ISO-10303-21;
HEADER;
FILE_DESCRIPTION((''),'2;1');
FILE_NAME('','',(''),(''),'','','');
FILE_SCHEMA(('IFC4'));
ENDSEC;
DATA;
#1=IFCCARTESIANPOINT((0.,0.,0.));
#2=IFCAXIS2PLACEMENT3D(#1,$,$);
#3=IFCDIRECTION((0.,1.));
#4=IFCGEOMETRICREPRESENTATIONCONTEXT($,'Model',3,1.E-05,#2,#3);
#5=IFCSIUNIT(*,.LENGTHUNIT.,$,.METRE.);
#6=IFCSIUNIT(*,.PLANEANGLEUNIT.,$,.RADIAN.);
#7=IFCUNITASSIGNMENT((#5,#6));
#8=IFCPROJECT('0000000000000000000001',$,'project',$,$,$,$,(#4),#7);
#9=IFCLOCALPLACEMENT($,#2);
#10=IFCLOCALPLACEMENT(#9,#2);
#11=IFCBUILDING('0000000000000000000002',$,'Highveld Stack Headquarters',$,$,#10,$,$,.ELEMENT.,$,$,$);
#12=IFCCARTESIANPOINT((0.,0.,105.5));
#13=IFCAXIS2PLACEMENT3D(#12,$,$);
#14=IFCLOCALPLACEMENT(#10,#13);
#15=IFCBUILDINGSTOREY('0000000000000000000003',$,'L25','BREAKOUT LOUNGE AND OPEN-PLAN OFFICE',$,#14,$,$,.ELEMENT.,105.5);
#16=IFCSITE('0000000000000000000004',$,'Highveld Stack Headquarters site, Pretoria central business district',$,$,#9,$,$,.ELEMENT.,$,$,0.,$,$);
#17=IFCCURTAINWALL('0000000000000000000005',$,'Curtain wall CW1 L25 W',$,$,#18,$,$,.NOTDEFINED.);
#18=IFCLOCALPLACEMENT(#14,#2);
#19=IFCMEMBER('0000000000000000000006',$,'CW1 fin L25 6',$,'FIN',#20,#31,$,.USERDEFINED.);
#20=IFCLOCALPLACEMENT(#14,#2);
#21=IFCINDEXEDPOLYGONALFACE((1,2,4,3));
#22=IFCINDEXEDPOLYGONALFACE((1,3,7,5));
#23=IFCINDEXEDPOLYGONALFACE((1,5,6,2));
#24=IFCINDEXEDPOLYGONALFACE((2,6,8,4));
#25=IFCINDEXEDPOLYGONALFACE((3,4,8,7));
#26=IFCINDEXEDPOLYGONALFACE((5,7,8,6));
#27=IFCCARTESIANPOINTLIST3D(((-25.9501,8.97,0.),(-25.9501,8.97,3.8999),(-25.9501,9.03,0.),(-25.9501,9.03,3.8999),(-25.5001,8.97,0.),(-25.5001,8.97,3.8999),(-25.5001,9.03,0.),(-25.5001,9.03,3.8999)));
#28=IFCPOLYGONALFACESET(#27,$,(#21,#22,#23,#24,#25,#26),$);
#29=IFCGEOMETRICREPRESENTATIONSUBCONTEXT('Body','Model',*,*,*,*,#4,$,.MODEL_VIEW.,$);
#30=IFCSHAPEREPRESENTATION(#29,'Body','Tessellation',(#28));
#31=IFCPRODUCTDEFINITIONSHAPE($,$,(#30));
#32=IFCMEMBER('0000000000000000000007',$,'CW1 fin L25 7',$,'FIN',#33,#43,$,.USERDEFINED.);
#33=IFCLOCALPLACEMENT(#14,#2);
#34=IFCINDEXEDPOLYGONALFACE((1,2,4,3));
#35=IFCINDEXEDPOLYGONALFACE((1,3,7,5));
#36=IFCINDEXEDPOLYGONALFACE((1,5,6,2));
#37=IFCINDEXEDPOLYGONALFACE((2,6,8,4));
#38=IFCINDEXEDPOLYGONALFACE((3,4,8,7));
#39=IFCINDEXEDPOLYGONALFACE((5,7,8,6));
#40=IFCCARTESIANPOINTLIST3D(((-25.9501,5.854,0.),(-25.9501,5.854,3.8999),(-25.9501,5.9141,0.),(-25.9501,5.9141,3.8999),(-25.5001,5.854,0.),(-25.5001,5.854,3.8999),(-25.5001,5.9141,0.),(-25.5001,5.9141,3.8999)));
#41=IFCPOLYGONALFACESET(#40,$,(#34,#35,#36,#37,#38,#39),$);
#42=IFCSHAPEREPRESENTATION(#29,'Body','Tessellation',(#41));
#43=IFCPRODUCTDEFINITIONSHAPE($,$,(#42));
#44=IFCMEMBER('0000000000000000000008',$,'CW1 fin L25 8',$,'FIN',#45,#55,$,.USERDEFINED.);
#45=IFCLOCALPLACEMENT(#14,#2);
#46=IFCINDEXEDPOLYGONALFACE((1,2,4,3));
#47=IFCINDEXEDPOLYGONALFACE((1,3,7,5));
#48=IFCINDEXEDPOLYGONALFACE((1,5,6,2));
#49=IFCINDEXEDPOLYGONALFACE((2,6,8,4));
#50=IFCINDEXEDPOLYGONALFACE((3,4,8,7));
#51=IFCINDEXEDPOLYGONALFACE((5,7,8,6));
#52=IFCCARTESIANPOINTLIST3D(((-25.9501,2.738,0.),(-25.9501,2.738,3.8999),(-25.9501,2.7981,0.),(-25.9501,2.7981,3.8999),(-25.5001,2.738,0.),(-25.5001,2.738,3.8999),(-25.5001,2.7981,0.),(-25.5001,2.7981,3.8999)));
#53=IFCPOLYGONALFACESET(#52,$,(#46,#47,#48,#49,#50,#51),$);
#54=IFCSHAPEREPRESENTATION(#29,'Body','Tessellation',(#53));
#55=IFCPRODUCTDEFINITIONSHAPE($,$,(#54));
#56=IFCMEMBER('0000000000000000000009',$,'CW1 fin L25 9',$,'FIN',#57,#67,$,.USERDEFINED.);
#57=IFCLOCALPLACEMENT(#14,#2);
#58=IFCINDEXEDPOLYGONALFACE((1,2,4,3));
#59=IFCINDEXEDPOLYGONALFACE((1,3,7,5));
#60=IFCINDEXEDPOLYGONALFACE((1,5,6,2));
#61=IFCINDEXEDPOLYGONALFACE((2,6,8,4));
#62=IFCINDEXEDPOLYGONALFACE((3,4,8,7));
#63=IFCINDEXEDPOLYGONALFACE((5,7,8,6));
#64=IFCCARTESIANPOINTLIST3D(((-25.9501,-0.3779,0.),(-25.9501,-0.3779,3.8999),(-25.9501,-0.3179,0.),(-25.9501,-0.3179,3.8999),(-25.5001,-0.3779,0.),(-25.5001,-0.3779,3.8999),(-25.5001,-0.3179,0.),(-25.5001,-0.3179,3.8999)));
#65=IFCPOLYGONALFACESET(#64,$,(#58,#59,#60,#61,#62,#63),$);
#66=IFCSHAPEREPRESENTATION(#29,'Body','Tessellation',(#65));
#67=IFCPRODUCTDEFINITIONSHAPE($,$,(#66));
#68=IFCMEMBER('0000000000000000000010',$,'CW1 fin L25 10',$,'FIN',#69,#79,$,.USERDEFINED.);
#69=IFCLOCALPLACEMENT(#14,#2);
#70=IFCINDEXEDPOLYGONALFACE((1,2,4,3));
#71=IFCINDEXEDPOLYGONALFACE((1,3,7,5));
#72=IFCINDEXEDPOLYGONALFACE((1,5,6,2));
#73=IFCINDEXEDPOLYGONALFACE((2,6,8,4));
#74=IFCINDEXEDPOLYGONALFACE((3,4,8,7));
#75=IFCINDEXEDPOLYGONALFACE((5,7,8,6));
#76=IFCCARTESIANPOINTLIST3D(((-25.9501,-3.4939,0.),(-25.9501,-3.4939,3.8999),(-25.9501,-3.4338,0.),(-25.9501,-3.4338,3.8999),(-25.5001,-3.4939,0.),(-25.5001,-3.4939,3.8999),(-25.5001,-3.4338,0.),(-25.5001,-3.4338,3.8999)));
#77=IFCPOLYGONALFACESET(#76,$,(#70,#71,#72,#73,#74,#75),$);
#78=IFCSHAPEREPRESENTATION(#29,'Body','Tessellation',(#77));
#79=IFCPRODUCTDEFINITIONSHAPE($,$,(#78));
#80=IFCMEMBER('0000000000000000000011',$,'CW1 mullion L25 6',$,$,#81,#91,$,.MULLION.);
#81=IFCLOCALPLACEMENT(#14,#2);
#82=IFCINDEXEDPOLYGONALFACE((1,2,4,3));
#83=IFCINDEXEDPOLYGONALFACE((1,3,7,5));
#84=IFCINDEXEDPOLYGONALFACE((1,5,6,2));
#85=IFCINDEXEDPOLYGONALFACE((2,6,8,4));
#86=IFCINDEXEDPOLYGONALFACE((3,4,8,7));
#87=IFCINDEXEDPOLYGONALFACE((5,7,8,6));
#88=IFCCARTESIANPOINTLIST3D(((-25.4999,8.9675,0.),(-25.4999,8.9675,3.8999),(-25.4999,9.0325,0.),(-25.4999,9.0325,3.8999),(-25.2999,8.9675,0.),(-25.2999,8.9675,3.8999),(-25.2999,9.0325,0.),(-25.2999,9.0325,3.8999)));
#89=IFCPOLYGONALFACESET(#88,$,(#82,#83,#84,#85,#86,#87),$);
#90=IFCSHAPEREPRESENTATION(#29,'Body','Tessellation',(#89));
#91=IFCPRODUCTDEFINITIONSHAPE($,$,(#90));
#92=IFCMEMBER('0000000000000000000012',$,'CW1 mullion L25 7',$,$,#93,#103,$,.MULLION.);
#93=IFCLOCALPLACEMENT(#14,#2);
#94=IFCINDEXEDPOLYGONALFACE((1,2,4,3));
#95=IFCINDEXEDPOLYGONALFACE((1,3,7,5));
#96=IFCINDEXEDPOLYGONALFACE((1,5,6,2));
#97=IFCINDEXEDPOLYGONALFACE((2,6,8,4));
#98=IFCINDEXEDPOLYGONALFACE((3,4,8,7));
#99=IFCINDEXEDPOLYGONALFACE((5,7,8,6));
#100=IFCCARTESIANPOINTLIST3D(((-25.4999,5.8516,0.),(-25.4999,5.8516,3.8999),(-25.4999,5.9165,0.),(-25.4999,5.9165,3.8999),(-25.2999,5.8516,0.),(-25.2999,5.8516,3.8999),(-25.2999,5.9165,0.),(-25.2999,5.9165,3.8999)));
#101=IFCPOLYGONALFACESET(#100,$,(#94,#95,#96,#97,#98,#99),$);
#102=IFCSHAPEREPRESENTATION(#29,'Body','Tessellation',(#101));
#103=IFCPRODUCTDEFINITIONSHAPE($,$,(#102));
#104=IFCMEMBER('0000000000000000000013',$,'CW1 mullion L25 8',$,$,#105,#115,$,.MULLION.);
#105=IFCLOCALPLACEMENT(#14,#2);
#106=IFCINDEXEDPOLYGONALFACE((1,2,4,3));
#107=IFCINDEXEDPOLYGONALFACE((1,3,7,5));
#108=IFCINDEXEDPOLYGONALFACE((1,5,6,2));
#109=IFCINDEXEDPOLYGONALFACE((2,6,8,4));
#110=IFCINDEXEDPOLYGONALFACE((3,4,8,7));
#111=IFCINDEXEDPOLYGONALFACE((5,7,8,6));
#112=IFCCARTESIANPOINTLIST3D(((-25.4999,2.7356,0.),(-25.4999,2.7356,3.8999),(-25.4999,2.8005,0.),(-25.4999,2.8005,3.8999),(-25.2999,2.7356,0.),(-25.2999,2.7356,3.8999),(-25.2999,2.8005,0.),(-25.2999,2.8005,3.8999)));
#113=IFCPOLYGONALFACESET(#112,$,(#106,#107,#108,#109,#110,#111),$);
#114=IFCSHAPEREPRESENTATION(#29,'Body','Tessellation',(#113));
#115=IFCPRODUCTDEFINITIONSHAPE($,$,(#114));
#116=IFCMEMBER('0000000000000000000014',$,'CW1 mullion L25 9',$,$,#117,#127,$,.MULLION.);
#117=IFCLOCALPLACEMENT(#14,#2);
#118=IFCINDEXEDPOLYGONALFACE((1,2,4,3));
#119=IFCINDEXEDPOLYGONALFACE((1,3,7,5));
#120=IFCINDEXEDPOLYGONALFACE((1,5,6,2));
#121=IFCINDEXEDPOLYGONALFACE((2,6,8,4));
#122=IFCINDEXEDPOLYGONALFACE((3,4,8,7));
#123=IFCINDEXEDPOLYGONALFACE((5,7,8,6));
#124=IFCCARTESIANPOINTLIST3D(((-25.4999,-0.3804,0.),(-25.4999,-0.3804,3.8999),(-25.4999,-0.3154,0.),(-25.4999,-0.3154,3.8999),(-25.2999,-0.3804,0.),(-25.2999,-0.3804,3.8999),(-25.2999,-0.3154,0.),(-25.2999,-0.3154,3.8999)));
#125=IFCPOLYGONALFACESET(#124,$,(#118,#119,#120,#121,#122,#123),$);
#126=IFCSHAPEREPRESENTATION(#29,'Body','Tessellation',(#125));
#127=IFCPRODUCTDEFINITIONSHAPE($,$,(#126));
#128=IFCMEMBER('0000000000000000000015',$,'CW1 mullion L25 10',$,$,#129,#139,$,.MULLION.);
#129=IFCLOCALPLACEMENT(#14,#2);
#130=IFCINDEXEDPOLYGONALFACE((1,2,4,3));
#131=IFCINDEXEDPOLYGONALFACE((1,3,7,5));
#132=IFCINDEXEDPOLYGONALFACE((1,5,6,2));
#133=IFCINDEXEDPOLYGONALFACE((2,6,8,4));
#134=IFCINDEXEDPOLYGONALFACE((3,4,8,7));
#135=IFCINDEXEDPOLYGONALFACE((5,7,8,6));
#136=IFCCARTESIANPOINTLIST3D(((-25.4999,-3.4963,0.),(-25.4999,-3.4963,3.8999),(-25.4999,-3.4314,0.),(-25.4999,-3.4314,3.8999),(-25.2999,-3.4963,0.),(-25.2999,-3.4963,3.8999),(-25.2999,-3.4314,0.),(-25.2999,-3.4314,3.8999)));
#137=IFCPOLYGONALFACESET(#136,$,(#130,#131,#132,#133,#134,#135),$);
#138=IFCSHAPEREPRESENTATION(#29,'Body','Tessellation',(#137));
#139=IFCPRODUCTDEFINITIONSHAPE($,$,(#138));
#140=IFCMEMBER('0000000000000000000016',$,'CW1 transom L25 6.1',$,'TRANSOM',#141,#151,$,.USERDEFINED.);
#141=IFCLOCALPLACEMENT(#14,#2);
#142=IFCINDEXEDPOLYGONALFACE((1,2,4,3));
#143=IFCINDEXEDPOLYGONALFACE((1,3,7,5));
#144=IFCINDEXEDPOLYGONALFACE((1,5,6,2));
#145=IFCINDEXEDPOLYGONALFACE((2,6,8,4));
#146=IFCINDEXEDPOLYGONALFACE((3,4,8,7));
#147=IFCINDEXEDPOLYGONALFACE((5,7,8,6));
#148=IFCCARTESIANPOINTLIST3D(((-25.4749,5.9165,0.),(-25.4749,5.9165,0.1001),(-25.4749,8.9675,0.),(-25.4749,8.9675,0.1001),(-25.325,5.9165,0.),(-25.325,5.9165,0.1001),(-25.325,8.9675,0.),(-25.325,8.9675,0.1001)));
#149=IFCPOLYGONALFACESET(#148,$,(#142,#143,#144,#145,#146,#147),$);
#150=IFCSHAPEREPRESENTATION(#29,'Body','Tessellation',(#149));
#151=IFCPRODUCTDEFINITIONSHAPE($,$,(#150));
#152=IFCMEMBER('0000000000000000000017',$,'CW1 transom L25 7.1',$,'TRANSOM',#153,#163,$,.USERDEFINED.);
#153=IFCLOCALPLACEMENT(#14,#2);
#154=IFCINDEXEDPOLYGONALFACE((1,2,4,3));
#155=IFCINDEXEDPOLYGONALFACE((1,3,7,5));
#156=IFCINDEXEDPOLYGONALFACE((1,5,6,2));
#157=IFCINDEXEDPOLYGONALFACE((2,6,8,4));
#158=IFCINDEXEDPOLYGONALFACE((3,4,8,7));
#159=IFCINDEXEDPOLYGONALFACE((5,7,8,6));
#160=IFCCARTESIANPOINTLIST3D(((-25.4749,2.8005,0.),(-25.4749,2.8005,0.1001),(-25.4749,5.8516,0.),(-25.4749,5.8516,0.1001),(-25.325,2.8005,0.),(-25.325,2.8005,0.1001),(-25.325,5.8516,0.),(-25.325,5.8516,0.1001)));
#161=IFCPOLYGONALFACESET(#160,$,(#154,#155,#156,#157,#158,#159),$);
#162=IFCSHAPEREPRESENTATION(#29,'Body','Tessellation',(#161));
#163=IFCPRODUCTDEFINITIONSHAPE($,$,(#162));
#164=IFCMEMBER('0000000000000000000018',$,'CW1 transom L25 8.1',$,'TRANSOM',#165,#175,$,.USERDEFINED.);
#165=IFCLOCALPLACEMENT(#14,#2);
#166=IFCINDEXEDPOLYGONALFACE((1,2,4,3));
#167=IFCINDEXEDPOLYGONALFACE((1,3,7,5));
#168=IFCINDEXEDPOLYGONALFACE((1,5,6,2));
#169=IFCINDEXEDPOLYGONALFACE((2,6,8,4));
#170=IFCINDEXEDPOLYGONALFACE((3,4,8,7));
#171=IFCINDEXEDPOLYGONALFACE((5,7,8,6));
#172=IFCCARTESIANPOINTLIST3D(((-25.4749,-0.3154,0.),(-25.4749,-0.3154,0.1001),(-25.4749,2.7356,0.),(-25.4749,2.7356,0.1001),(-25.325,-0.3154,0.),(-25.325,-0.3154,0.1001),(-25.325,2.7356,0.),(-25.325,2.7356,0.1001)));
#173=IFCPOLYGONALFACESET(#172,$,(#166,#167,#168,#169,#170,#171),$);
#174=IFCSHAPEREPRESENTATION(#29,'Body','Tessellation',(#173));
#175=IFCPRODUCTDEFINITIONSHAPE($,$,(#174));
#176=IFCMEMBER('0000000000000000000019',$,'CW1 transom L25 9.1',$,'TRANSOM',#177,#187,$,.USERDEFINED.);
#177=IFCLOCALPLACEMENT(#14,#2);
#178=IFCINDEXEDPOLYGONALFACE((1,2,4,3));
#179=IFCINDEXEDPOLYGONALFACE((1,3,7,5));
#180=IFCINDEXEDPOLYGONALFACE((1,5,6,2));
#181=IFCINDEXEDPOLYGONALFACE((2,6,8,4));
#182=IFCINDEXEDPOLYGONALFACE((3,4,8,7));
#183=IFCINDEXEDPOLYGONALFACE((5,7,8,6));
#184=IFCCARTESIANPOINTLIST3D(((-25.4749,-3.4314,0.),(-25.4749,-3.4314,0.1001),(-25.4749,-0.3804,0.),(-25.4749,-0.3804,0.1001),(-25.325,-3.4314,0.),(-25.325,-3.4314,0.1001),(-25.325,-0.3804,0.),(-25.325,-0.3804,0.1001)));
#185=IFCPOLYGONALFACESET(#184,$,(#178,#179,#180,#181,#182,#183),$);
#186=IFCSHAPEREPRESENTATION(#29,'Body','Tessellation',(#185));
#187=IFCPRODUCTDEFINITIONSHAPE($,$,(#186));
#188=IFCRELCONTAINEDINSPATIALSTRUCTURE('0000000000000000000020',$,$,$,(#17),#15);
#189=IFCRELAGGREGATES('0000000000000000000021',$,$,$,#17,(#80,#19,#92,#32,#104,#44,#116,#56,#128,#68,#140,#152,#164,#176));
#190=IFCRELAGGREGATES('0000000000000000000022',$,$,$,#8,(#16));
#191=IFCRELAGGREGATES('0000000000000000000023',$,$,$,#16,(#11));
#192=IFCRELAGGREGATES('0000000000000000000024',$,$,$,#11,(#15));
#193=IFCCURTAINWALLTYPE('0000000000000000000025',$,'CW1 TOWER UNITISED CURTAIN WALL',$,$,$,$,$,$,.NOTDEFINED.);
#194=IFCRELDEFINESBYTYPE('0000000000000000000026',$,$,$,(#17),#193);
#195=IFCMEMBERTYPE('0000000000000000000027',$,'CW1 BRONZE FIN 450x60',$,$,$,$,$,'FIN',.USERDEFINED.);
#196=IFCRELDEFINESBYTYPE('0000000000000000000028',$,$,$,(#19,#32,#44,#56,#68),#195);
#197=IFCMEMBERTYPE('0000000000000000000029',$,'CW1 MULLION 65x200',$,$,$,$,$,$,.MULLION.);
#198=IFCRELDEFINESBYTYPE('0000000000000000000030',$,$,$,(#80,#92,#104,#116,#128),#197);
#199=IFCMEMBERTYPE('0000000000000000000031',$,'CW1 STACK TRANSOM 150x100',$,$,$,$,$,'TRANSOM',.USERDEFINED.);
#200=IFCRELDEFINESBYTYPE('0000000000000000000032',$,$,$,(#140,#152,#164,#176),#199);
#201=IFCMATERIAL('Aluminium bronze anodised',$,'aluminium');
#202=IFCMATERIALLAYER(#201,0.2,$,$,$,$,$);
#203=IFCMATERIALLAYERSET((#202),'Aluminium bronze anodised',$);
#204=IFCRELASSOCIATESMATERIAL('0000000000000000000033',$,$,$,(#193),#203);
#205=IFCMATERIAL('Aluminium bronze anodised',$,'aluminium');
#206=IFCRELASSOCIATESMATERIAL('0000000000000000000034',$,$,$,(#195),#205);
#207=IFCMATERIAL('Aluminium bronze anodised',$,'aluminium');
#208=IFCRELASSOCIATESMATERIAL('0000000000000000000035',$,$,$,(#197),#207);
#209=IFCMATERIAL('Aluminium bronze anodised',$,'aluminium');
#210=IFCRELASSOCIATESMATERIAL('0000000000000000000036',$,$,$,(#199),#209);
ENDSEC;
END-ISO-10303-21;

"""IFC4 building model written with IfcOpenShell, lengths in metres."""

from ifc_helpers import new_model, si_unit, direction, frame, origin, origin_2d, place, context, subcontext, project, spatial, rectangle, extrude, material, layer, layer_set, material_profile, profile_set, type_object, element, aggregate, save


model = new_model("IFC4")

# Units and contexts
model_context = context("Model", 3, precision=1e-05, world=origin(), true_north=direction((0.0, 1.0)))
body_context = subcontext(model_context, "Body", "Model", "MODEL_VIEW")
ifc_project = project(units=[si_unit("LENGTHUNIT", "METRE"), si_unit("PLANEANGLEUNIT", "RADIAN")], contexts=[model_context])

# Site, building, storey
site_placement = place(None, origin())
site = spatial("IfcSite", under=ifc_project, at=site_placement, Name="Highveld Stack Headquarters site, Pretoria central business district", CompositionType="ELEMENT", RefElevation=0.0)
building_placement = place(site_placement, origin())
building = spatial("IfcBuilding", under=site, at=building_placement, Name="Highveld Stack Headquarters", CompositionType="ELEMENT")
storey_placement = place(building_placement, frame((0.0, 0.0, 105.5)))
storey = spatial("IfcBuildingStorey", under=building, at=storey_placement, Name="L25", Description="BREAKOUT LOUNGE AND OPEN-PLAN OFFICE", CompositionType="ELEMENT", Elevation=105.5)

# Curtain wall, members
ifc_material_1 = material(Name="Aluminium bronze anodised", Category="aluminium")
ifc_layer_1 = layer(ifc_material_1, 0.2)
ifc_layer_set_1 = layer_set([ifc_layer_1], Name="Aluminium bronze anodised")
curtain_wall_type = type_object("IfcCurtainWallType", Name="CW1 TOWER UNITISED CURTAIN WALL", PredefinedType="NOTDEFINED", material=ifc_layer_set_1)
curtain_wall_placement = place(storey_placement, origin())
curtain_wall = element("IfcCurtainWall", 1, at=curtain_wall_placement, inside=storey, type_object=curtain_wall_type, Name="Curtain wall CW1 L25 W", PredefinedType="NOTDEFINED")
ifc_material_2 = material(Name="Aluminium bronze anodised", Category="aluminium")
ifc_material_profile_1 = material_profile(ifc_material_2, rectangle(XDim=0.45, YDim=0.0601, at=origin_2d()), Name="FIN 450x60")
ifc_profile_set_1 = profile_set([ifc_material_profile_1], Name="Aluminium bronze anodised")
member_type_1 = type_object("IfcMemberType", Name="CW1 BRONZE FIN 450x60", ElementType="FIN", PredefinedType="USERDEFINED", material=ifc_profile_set_1)
member_1_placement = place(storey_placement, frame((-25.7251, 9.0, 0.0), z_axis=(0.0, 0.0, 1.0), x_axis=(1.0, 0.0, 0.0)))
member_1 = element("IfcMember", 2, at=member_1_placement, type_object=member_type_1, Name="CW1 fin L25 6", ObjectType="FIN", PredefinedType="USERDEFINED", context=body_context, shape_type="SweptSolid", body=[
    extrude(rectangle(XDim=0.45, YDim=0.0601, at=origin_2d()), origin(), (0.0, 0.0, 1.0), 3.8999),
])
member_2_placement = place(storey_placement, frame((-25.7251, 5.884, 0.0), z_axis=(0.0, 0.0, 1.0), x_axis=(1.0, 0.0, 0.0)))
member_2 = element("IfcMember", 3, at=member_2_placement, type_object=member_type_1, Name="CW1 fin L25 7", ObjectType="FIN", PredefinedType="USERDEFINED", context=body_context, shape_type="SweptSolid", body=[
    extrude(rectangle(XDim=0.45, YDim=0.0601, at=origin_2d()), origin(), (0.0, 0.0, 1.0), 3.8999),
])
member_3_placement = place(storey_placement, frame((-25.7251, 2.7681, 0.0), z_axis=(0.0, 0.0, 1.0), x_axis=(1.0, 0.0, 0.0)))
member_3 = element("IfcMember", 4, at=member_3_placement, type_object=member_type_1, Name="CW1 fin L25 8", ObjectType="FIN", PredefinedType="USERDEFINED", context=body_context, shape_type="SweptSolid", body=[
    extrude(rectangle(XDim=0.45, YDim=0.0601, at=origin_2d()), origin(), (0.0, 0.0, 1.0), 3.8999),
])
member_4_placement = place(storey_placement, frame((-25.7251, -0.3479, 0.0), z_axis=(0.0, 0.0, 1.0), x_axis=(1.0, 0.0, 0.0)))
member_4 = element("IfcMember", 5, at=member_4_placement, type_object=member_type_1, Name="CW1 fin L25 9", ObjectType="FIN", PredefinedType="USERDEFINED", context=body_context, shape_type="SweptSolid", body=[
    extrude(rectangle(XDim=0.45, YDim=0.0601, at=origin_2d()), origin(), (0.0, 0.0, 1.0), 3.8999),
])
member_5_placement = place(storey_placement, frame((-25.7251, -3.4639, 0.0), z_axis=(0.0, 0.0, 1.0), x_axis=(1.0, 0.0, 0.0)))
member_5 = element("IfcMember", 6, at=member_5_placement, type_object=member_type_1, Name="CW1 fin L25 10", ObjectType="FIN", PredefinedType="USERDEFINED", context=body_context, shape_type="SweptSolid", body=[
    extrude(rectangle(XDim=0.45, YDim=0.0601, at=origin_2d()), origin(), (0.0, 0.0, 1.0), 3.8999),
])
ifc_material_3 = material(Name="Aluminium bronze anodised", Category="aluminium")
ifc_material_profile_2 = material_profile(ifc_material_3, rectangle(XDim=0.2, YDim=0.0649, at=origin_2d()), Name="CW1 MULLION 65x200")
ifc_profile_set_2 = profile_set([ifc_material_profile_2], Name="Aluminium bronze anodised")
member_type_2 = type_object("IfcMemberType", Name="CW1 MULLION 65x200", PredefinedType="MULLION", material=ifc_profile_set_2)
member_6_placement = place(storey_placement, frame((-25.3999, 9.0, 0.0), z_axis=(0.0, 0.0, 1.0), x_axis=(1.0, 0.0, 0.0)))
member_6 = element("IfcMember", 7, at=member_6_placement, type_object=member_type_2, Name="CW1 mullion L25 6", PredefinedType="MULLION", context=body_context, shape_type="SweptSolid", body=[
    extrude(rectangle(XDim=0.2, YDim=0.0649, at=origin_2d()), origin(), (0.0, 0.0, 1.0), 3.8999),
])
member_7_placement = place(storey_placement, frame((-25.3999, 5.884, 0.0), z_axis=(0.0, 0.0, 1.0), x_axis=(1.0, 0.0, 0.0)))
member_7 = element("IfcMember", 8, at=member_7_placement, type_object=member_type_2, Name="CW1 mullion L25 7", PredefinedType="MULLION", context=body_context, shape_type="SweptSolid", body=[
    extrude(rectangle(XDim=0.2, YDim=0.0649, at=origin_2d()), origin(), (0.0, 0.0, 1.0), 3.8999),
])
member_8_placement = place(storey_placement, frame((-25.3999, 2.7681, 0.0), z_axis=(0.0, 0.0, 1.0), x_axis=(1.0, 0.0, 0.0)))
member_8 = element("IfcMember", 9, at=member_8_placement, type_object=member_type_2, Name="CW1 mullion L25 8", PredefinedType="MULLION", context=body_context, shape_type="SweptSolid", body=[
    extrude(rectangle(XDim=0.2, YDim=0.0649, at=origin_2d()), origin(), (0.0, 0.0, 1.0), 3.8999),
])
member_9_placement = place(storey_placement, frame((-25.3999, -0.3479, 0.0), z_axis=(0.0, 0.0, 1.0), x_axis=(1.0, 0.0, 0.0)))
member_9 = element("IfcMember", 10, at=member_9_placement, type_object=member_type_2, Name="CW1 mullion L25 9", PredefinedType="MULLION", context=body_context, shape_type="SweptSolid", body=[
    extrude(rectangle(XDim=0.2, YDim=0.0649, at=origin_2d()), origin(), (0.0, 0.0, 1.0), 3.8999),
])
member_10_placement = place(storey_placement, frame((-25.3999, -3.4639, 0.0), z_axis=(0.0, 0.0, 1.0), x_axis=(1.0, 0.0, 0.0)))
member_10 = element("IfcMember", 11, at=member_10_placement, type_object=member_type_2, Name="CW1 mullion L25 10", PredefinedType="MULLION", context=body_context, shape_type="SweptSolid", body=[
    extrude(rectangle(XDim=0.2, YDim=0.0649, at=origin_2d()), origin(), (0.0, 0.0, 1.0), 3.8999),
])
ifc_material_4 = material(Name="Aluminium bronze anodised", Category="aluminium")
ifc_material_profile_3 = material_profile(ifc_material_4, rectangle(XDim=0.1499, YDim=0.1001, at=origin_2d()), Name="CW1 TRANSOM 150x100")
ifc_profile_set_3 = profile_set([ifc_material_profile_3], Name="Aluminium bronze anodised")
member_type_3 = type_object("IfcMemberType", Name="CW1 STACK TRANSOM 150x100", ElementType="TRANSOM", PredefinedType="USERDEFINED", material=ifc_profile_set_3)
member_11_placement = place(storey_placement, frame((-25.3999, 8.9675, 0.05), z_axis=(0.0, -1.0, 0.0), x_axis=(1.0, 0.0, 0.0)))
member_11 = element("IfcMember", 12, at=member_11_placement, type_object=member_type_3, Name="CW1 transom L25 6.1", ObjectType="TRANSOM", PredefinedType="USERDEFINED", context=body_context, shape_type="SweptSolid", body=[
    extrude(rectangle(XDim=0.1499, YDim=0.1001, at=origin_2d()), origin(), (0.0, 0.0, 1.0), 3.051),
])
member_12_placement = place(storey_placement, frame((-25.3999, 5.8516, 0.05), z_axis=(0.0, -1.0, 0.0), x_axis=(1.0, 0.0, 0.0)))
member_12 = element("IfcMember", 13, at=member_12_placement, type_object=member_type_3, Name="CW1 transom L25 7.1", ObjectType="TRANSOM", PredefinedType="USERDEFINED", context=body_context, shape_type="SweptSolid", body=[
    extrude(rectangle(XDim=0.1499, YDim=0.1001, at=origin_2d()), origin(), (0.0, 0.0, 1.0), 3.051),
])
member_13_placement = place(storey_placement, frame((-25.3999, 2.7356, 0.05), z_axis=(0.0, -1.0, 0.0), x_axis=(1.0, 0.0, 0.0)))
member_13 = element("IfcMember", 14, at=member_13_placement, type_object=member_type_3, Name="CW1 transom L25 8.1", ObjectType="TRANSOM", PredefinedType="USERDEFINED", context=body_context, shape_type="SweptSolid", body=[
    extrude(rectangle(XDim=0.1499, YDim=0.1001, at=origin_2d()), origin(), (0.0, 0.0, 1.0), 3.051),
])
member_14_placement = place(storey_placement, frame((-25.3999, -0.3804, 0.05), z_axis=(0.0, -1.0, 0.0), x_axis=(1.0, 0.0, 0.0)))
member_14 = element("IfcMember", 15, at=member_14_placement, type_object=member_type_3, Name="CW1 transom L25 9.1", ObjectType="TRANSOM", PredefinedType="USERDEFINED", context=body_context, shape_type="SweptSolid", body=[
    extrude(rectangle(XDim=0.1499, YDim=0.1001, at=origin_2d()), origin(), (0.0, 0.0, 1.0), 3.051),
])
aggregate(curtain_wall, [member_6, member_1, member_7, member_2, member_8, member_3, member_9, member_4, member_10, member_5, member_11, member_12, member_13, member_14])

save(model, "model.ifc")
